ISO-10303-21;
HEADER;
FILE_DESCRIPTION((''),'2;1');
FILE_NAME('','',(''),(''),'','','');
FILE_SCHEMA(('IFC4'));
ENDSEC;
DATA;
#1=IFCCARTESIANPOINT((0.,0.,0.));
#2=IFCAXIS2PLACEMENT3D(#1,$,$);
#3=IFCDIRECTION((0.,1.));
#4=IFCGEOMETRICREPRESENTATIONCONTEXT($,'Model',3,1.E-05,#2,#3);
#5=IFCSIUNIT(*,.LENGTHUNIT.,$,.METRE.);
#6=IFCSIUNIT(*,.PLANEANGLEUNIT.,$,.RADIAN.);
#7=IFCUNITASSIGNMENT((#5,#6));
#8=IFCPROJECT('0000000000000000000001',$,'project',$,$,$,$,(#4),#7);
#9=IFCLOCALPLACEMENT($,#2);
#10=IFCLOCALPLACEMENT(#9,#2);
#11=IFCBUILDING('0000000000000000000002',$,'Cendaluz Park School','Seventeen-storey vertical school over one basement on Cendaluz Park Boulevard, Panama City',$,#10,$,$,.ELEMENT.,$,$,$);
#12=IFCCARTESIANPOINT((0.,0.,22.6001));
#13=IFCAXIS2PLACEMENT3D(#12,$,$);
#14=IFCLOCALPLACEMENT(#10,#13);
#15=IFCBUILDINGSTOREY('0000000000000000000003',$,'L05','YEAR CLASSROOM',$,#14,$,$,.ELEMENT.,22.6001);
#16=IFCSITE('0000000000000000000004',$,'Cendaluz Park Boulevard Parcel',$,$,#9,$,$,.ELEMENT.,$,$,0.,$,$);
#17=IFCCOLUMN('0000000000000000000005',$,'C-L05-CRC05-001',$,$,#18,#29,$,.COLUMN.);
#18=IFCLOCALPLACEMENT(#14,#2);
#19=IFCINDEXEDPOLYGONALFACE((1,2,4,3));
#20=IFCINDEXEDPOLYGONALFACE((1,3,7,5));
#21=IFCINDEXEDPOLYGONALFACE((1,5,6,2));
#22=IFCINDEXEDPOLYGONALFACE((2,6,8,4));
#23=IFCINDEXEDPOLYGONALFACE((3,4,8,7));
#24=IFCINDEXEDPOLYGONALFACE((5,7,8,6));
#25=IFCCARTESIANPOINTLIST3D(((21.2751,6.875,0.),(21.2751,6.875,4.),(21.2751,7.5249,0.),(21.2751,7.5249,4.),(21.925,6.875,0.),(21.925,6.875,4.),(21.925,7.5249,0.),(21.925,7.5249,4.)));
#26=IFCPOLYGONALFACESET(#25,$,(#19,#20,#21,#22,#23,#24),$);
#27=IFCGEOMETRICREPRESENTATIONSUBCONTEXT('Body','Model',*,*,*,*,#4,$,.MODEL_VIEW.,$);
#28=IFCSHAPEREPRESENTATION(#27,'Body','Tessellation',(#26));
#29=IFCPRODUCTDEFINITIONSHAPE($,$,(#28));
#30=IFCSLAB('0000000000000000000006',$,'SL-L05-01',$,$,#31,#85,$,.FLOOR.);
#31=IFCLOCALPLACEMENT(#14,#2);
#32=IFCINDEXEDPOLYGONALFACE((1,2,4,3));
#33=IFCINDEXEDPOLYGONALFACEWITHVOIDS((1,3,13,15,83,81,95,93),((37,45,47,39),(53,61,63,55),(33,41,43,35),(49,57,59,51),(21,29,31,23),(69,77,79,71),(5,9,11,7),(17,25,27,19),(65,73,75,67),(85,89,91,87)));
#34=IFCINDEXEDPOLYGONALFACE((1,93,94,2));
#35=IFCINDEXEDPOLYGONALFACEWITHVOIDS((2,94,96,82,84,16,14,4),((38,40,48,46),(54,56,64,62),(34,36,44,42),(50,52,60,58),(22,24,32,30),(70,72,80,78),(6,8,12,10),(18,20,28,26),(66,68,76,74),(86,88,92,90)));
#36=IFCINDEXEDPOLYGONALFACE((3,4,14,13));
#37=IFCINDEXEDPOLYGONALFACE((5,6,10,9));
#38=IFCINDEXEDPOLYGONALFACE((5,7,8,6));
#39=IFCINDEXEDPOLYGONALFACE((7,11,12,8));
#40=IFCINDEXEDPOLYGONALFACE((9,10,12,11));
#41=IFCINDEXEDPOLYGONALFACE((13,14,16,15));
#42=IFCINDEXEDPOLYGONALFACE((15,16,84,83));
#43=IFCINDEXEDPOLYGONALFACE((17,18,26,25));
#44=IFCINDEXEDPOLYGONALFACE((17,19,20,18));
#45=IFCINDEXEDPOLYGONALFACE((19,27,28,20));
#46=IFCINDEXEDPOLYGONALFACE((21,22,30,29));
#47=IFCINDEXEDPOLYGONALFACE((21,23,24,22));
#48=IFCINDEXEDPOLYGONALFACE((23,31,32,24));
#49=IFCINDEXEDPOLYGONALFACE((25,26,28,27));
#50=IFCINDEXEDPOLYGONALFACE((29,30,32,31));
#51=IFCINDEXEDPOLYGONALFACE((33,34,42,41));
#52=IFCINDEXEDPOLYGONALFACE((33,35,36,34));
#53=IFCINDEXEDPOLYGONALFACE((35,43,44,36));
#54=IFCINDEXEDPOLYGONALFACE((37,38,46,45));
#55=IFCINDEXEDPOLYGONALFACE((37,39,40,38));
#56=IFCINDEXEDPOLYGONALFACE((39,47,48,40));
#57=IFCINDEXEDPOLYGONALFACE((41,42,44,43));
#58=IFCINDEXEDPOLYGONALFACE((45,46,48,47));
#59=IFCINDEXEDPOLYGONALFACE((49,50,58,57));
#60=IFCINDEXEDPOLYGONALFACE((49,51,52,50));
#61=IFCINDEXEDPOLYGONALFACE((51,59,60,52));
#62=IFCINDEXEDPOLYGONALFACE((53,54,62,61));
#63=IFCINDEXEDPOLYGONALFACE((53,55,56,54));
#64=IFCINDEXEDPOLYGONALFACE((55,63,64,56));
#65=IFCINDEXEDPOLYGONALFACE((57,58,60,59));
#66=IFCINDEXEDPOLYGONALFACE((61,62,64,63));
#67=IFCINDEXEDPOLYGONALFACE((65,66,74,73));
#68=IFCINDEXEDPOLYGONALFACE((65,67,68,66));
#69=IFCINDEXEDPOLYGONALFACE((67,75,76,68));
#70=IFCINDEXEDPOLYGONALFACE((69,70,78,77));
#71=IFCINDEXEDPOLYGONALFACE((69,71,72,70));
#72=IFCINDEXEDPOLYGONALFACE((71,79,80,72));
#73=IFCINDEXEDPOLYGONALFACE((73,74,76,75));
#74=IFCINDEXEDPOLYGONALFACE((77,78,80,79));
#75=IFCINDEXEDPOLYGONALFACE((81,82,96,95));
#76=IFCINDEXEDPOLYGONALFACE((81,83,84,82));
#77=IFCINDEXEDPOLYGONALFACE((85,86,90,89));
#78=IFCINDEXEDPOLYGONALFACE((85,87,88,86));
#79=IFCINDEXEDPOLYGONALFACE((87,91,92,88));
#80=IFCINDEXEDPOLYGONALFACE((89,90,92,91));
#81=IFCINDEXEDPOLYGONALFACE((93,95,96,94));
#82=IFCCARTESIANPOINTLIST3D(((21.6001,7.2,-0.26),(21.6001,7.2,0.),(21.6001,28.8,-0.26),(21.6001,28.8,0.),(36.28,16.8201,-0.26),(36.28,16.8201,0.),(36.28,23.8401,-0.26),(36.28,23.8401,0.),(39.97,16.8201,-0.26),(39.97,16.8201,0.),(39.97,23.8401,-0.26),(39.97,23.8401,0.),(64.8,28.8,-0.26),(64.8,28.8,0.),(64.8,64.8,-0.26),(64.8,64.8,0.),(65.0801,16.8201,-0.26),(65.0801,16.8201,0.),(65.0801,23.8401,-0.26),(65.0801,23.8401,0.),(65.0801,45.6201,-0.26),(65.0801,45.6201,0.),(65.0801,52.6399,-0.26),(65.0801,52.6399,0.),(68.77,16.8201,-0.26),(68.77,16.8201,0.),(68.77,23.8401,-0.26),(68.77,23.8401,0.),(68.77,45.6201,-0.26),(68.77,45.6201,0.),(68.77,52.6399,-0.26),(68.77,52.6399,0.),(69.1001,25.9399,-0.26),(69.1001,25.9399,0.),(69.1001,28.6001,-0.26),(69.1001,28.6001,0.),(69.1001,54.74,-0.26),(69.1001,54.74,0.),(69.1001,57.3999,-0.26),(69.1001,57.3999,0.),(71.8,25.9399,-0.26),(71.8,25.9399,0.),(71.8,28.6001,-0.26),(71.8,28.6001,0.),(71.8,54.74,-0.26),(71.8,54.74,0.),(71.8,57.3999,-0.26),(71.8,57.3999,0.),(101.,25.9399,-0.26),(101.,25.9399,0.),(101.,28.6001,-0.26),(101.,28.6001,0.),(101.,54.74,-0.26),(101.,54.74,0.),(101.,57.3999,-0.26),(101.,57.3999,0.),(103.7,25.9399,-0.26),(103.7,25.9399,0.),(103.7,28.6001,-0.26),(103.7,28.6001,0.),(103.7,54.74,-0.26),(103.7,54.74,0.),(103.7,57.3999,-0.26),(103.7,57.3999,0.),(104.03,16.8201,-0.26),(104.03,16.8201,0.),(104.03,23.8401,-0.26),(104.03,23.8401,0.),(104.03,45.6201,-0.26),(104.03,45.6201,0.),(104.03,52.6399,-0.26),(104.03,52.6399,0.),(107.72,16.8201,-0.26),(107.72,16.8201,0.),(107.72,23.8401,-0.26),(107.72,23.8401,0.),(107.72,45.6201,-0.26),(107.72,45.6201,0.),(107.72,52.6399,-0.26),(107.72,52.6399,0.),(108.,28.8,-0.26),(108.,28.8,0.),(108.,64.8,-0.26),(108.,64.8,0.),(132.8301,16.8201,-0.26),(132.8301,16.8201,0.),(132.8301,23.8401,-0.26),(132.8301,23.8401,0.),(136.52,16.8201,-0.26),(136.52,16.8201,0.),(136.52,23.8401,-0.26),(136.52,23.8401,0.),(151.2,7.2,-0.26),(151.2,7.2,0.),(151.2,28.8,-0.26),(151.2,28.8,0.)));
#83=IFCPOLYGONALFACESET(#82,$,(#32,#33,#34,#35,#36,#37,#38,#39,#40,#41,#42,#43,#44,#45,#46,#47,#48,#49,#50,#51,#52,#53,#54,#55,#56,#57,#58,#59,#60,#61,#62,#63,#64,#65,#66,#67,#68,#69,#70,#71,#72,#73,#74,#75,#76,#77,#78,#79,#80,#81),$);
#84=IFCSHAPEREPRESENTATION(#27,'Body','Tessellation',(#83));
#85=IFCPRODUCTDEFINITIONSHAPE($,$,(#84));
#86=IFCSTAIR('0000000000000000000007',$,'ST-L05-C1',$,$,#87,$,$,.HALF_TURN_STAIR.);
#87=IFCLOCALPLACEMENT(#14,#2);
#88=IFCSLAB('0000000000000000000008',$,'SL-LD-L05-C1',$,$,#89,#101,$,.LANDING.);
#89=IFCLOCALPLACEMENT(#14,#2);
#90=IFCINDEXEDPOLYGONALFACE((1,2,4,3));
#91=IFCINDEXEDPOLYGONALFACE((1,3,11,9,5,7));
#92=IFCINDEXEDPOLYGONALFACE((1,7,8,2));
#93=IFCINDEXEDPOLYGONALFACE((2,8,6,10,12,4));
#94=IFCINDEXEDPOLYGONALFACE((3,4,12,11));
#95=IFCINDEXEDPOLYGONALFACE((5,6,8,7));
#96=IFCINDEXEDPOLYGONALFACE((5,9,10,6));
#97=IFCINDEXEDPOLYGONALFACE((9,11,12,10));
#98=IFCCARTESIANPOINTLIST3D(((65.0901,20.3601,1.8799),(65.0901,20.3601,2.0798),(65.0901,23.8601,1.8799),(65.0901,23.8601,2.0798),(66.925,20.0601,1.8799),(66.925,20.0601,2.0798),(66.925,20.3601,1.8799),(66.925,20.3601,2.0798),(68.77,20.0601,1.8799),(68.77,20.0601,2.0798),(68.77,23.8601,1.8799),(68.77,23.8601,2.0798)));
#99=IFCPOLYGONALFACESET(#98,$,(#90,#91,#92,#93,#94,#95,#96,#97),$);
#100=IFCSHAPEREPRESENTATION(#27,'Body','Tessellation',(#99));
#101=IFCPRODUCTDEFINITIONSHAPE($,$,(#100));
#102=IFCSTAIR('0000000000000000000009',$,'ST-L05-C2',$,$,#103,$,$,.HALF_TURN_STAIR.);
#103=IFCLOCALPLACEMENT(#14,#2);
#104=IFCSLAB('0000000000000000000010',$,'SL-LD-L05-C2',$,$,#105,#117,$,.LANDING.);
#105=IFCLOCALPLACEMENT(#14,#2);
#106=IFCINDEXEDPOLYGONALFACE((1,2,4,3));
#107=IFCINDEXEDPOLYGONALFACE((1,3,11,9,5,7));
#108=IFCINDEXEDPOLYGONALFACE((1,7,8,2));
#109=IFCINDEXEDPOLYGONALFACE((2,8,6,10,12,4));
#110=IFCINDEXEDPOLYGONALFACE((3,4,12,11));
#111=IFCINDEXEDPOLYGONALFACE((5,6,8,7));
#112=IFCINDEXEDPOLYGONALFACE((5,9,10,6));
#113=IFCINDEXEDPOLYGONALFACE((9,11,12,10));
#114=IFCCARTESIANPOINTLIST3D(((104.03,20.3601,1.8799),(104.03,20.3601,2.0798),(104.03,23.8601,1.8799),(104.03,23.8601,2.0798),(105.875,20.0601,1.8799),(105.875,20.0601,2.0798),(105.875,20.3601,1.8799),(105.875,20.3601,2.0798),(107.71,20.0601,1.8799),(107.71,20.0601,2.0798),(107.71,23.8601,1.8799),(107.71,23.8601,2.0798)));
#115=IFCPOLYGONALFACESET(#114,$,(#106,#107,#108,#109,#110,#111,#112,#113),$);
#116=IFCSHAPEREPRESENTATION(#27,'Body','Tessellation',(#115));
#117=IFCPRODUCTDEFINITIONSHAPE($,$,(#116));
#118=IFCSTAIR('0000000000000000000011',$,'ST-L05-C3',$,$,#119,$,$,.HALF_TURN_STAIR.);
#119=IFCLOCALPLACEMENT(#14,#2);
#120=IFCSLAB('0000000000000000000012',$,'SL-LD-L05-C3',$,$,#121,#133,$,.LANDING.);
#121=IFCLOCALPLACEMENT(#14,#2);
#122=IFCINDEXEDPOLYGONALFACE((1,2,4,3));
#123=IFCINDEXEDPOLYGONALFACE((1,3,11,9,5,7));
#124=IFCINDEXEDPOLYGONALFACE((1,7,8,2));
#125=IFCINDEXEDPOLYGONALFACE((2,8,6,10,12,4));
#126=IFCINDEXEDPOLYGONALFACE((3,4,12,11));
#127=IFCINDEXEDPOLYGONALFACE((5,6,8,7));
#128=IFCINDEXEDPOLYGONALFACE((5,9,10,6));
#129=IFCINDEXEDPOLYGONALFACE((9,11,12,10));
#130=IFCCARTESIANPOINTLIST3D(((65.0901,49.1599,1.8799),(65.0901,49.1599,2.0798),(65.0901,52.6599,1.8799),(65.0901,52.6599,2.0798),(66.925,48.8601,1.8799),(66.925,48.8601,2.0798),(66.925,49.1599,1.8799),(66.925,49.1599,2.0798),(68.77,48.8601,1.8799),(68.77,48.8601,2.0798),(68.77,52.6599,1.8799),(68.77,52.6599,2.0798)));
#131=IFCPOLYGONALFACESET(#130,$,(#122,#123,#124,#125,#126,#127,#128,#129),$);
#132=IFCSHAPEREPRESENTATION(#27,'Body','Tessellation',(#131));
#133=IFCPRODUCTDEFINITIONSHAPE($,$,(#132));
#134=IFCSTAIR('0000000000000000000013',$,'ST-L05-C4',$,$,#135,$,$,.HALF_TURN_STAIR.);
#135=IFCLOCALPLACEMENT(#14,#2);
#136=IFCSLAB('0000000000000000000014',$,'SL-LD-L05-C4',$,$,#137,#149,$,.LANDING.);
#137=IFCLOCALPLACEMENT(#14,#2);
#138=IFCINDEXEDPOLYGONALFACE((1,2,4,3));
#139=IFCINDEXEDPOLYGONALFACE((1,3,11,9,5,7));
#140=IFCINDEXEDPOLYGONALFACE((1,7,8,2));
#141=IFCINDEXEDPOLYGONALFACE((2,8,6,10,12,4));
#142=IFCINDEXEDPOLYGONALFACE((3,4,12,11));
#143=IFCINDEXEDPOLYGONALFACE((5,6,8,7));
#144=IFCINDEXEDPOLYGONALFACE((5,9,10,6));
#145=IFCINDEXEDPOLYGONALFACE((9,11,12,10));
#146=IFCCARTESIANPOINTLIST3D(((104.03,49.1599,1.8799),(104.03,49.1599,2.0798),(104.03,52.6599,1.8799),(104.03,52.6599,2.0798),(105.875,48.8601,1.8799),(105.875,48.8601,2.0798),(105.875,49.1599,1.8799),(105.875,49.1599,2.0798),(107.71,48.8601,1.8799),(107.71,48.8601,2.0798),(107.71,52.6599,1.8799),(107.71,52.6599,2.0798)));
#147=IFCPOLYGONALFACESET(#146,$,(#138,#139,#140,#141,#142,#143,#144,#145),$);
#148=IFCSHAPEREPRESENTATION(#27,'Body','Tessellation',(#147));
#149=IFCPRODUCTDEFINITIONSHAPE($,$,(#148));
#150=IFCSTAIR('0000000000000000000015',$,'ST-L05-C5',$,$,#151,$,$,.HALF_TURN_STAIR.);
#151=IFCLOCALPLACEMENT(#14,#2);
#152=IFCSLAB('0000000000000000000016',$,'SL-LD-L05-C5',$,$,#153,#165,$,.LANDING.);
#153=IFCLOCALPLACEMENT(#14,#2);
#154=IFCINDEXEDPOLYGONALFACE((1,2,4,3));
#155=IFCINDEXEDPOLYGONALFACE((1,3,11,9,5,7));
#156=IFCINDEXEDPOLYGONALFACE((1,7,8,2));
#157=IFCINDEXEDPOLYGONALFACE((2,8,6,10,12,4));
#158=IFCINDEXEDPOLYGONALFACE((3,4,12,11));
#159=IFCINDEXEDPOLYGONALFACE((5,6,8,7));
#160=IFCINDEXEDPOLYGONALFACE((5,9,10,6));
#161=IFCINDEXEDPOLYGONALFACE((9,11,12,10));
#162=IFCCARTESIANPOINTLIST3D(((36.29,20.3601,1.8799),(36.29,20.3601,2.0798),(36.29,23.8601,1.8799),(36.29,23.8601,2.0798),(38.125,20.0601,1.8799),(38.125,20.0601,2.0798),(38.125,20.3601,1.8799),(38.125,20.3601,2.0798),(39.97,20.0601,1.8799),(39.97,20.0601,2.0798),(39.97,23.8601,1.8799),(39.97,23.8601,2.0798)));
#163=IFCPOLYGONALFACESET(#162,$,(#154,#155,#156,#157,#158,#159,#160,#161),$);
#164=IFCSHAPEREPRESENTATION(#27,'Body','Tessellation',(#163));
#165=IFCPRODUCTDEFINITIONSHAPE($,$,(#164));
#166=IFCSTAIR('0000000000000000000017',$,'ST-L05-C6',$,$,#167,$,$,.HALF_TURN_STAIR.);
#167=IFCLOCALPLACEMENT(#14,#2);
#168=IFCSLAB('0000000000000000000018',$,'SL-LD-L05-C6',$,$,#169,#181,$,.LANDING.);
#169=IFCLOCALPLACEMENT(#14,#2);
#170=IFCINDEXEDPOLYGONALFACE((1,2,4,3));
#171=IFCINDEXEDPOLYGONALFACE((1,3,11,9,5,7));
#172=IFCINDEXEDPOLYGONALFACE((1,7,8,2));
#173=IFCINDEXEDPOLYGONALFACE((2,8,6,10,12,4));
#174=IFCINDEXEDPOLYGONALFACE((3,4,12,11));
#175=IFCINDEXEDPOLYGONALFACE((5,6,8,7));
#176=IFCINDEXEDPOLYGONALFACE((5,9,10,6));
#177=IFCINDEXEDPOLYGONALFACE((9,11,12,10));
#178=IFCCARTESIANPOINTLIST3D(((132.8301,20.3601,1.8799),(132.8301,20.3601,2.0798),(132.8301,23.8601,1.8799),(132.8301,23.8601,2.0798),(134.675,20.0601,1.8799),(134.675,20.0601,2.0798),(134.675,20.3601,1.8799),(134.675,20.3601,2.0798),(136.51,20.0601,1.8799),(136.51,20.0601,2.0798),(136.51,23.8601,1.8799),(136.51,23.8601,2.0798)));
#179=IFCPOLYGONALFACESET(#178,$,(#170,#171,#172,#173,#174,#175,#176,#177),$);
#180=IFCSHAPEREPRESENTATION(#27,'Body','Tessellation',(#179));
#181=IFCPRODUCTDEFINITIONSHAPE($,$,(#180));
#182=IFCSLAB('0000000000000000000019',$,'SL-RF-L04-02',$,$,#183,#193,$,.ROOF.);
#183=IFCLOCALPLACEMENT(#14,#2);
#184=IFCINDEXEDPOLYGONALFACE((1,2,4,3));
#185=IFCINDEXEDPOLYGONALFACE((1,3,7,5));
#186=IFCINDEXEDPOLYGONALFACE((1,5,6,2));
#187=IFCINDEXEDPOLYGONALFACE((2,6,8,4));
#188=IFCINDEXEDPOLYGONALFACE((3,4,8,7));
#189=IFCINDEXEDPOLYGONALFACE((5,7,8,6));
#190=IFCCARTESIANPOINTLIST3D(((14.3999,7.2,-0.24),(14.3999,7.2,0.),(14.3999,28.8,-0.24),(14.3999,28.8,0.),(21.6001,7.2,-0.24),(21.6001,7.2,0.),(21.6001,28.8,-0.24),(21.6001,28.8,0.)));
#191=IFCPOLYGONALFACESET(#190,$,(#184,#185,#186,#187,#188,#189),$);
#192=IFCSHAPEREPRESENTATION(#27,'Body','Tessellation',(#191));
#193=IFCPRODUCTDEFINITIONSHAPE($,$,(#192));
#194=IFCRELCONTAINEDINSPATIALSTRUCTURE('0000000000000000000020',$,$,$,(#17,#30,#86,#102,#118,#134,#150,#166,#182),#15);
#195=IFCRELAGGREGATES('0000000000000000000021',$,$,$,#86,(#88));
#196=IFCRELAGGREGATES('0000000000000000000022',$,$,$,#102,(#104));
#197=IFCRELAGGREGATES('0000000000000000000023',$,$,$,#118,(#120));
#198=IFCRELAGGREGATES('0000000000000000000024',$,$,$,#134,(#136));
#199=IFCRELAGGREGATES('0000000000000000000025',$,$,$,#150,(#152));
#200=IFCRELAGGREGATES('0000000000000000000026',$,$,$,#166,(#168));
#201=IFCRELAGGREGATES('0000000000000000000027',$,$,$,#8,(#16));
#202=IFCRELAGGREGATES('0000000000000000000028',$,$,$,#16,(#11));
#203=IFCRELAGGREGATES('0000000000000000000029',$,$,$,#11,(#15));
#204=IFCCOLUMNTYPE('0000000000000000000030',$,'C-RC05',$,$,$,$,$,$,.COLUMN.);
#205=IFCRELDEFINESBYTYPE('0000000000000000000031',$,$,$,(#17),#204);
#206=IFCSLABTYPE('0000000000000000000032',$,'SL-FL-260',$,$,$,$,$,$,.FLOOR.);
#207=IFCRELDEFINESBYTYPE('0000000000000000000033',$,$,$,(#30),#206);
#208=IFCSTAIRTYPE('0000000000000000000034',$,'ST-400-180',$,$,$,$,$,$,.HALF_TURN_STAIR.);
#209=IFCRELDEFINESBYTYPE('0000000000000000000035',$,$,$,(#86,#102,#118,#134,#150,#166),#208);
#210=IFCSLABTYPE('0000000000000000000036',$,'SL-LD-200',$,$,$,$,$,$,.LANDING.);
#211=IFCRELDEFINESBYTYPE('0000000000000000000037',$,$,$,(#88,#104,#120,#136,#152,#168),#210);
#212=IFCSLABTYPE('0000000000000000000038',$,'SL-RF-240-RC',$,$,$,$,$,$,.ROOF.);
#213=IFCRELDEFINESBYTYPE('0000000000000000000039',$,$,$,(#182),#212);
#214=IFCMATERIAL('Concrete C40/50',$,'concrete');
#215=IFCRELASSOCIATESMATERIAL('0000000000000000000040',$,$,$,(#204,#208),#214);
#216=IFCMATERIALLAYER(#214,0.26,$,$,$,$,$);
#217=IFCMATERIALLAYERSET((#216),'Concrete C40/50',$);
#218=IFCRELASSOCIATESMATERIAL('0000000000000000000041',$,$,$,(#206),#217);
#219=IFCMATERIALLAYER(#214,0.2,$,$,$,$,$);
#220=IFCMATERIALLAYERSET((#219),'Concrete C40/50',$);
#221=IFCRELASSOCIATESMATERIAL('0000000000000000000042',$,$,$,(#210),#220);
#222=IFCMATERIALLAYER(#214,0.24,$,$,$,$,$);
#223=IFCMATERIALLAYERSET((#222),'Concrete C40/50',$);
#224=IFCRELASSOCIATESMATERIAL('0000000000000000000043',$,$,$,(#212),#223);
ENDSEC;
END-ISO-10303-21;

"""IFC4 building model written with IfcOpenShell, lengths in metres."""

from ifc_helpers import new_model, si_unit, direction, frame, origin, origin_2d, place, context, subcontext, project, spatial, polyline, rectangle, outline, extrude, material, layer, layer_set, material_profile, profile_set, type_object, element, aggregate, save


model = new_model("IFC4")

# Units and contexts
model_context = context("Model", 3, precision=1e-05, world=origin(), true_north=direction((0.0, 1.0)))
body_context = subcontext(model_context, "Body", "Model", "MODEL_VIEW")
ifc_project = project(units=[si_unit("LENGTHUNIT", "METRE"), si_unit("PLANEANGLEUNIT", "RADIAN")], contexts=[model_context])

# Site, building, storey
site_placement = place(None, origin())
site = spatial("IfcSite", under=ifc_project, at=site_placement, Name="Cendaluz Park Boulevard Parcel", CompositionType="ELEMENT", RefElevation=0.0)
building_placement = place(site_placement, origin())
building = spatial("IfcBuilding", under=site, at=building_placement, Name="Cendaluz Park School", Description="Seventeen-storey vertical school over one basement on Cendaluz Park Boulevard, Panama City", CompositionType="ELEMENT")
storey_placement = place(building_placement, frame((0.0, 0.0, 22.6001)))
storey = spatial("IfcBuildingStorey", under=building, at=storey_placement, Name="L05", Description="YEAR CLASSROOM", CompositionType="ELEMENT", Elevation=22.6001)

# Column
ifc_material_1 = material(Name="Concrete C40/50", Category="concrete")
ifc_material_profile = material_profile(ifc_material_1, rectangle(XDim=0.6499, YDim=0.6499, at=origin_2d()), Name="RC 650x650", Category="concrete")
ifc_profile_set = profile_set([ifc_material_profile], Name="Concrete C40/50")
column_type = type_object("IfcColumnType", Name="C-RC05", PredefinedType="COLUMN", material=ifc_profile_set)
column_placement = place(storey_placement, frame((21.6001, 7.2, 0.0), z_axis=(0.0, 0.0, 1.0), x_axis=(1.0, 0.0, 0.0)))
element("IfcColumn", 1, at=column_placement, inside=storey, type_object=column_type, Name="C-L05-CRC05-001", PredefinedType="COLUMN", context=body_context, shape_type="SweptSolid", body=[
    extrude(rectangle(XDim=0.6499, YDim=0.6499, at=origin_2d()), origin(), (0.0, 0.0, 1.0), 4.0),
])

# Slab
ifc_layer_1 = layer(ifc_material_1, 0.26)
ifc_layer_set_1 = layer_set([ifc_layer_1], Name="Concrete C40/50")
slab_type_1 = type_object("IfcSlabType", Name="SL-FL-260", PredefinedType="FLOOR", material=ifc_layer_set_1)
slab_1_placement = place(storey_placement, frame((0.0, 0.0, -0.26)))
element("IfcSlab", 2, at=slab_1_placement, inside=storey, type_object=slab_type_1, Name="SL-L05-01", PredefinedType="FLOOR", context=body_context, shape_type="SweptSolid", body=[
    extrude(outline(polyline([(64.8, 28.8), (64.8, 64.8), (108.0, 64.8), (108.0, 28.8), (151.2, 28.8), (151.2, 7.2), (21.6001, 7.2), (21.6001, 28.8), (64.8, 28.8)]), holes=[polyline([(65.0801, 23.8401), (65.0801, 16.8201), (68.77, 16.8201), (68.77, 23.8401), (65.0801, 23.8401)]), polyline([(71.8, 28.6001), (69.1001, 28.6001), (69.1001, 25.9399), (71.8, 25.9399), (71.8, 28.6001)]), polyline([(107.72, 16.8201), (107.72, 23.8401), (104.03, 23.8401), (104.03, 16.8201), (107.72, 16.8201)]), polyline([(101.0, 25.9399), (103.7, 25.9399), (103.7, 28.6001), (101.0, 28.6001), (101.0, 25.9399)]), polyline([(65.0801, 52.6399), (65.0801, 45.6201), (68.77, 45.6201), (68.77, 52.6399), (65.0801, 52.6399)]), polyline([(71.8, 57.3999), (69.1001, 57.3999), (69.1001, 54.74), (71.8, 54.74), (71.8, 57.3999)]), polyline([(107.72, 45.6201), (107.72, 52.6399), (104.03, 52.6399), (104.03, 45.6201), (107.72, 45.6201)]), polyline([(101.0, 54.74), (103.7, 54.74), (103.7, 57.3999), (101.0, 57.3999), (101.0, 54.74)]), polyline([(36.28, 23.8401), (36.28, 16.8201), (39.97, 16.8201), (39.97, 23.8401), (36.28, 23.8401)]), polyline([(136.52, 23.8401), (132.8301, 23.8401), (132.8301, 16.8201), (136.52, 16.8201), (136.52, 23.8401)])]), origin(), (0.0, 0.0, 1.0), 0.26),
])

# Stairs, slabs
stair_type = type_object("IfcStairType", Name="ST-400-180", PredefinedType="HALF_TURN_STAIR", material=ifc_material_1)
stair_1_placement = place(storey_placement, origin())
stair_1 = element("IfcStair", 3, at=stair_1_placement, inside=storey, type_object=stair_type, Name="ST-L05-C1", PredefinedType="HALF_TURN_STAIR")
ifc_layer_2 = layer(ifc_material_1, 0.2)
ifc_layer_set_2 = layer_set([ifc_layer_2], Name="Concrete C40/50")
slab_type_2 = type_object("IfcSlabType", Name="SL-LD-200", PredefinedType="LANDING", material=ifc_layer_set_2)
slab_2_placement = place(storey_placement, frame((0.0, 0.0, 1.8799)))
slab_2 = element("IfcSlab", 4, at=slab_2_placement, type_object=slab_type_2, Name="SL-LD-L05-C1", PredefinedType="LANDING", context=body_context, shape_type="SweptSolid", body=[
    extrude(outline(polyline([(65.0901, 20.3601), (66.925, 20.3601), (66.925, 20.0601), (68.77, 20.0601), (68.77, 23.8601), (65.0901, 23.8601), (65.0901, 20.3601)])), origin(), (0.0, 0.0, 1.0), 0.2),
])
aggregate(stair_1, [slab_2])
stair_2_placement = place(storey_placement, origin())
stair_2 = element("IfcStair", 5, at=stair_2_placement, inside=storey, type_object=stair_type, Name="ST-L05-C2", PredefinedType="HALF_TURN_STAIR")
slab_3_placement = place(storey_placement, frame((0.0, 0.0, 1.8799)))
slab_3 = element("IfcSlab", 6, at=slab_3_placement, type_object=slab_type_2, Name="SL-LD-L05-C2", PredefinedType="LANDING", context=body_context, shape_type="SweptSolid", body=[
    extrude(outline(polyline([(104.03, 20.3601), (105.875, 20.3601), (105.875, 20.0601), (107.71, 20.0601), (107.71, 23.8601), (104.03, 23.8601), (104.03, 20.3601)])), origin(), (0.0, 0.0, 1.0), 0.2),
])
aggregate(stair_2, [slab_3])
stair_3_placement = place(storey_placement, origin())
stair_3 = element("IfcStair", 7, at=stair_3_placement, inside=storey, type_object=stair_type, Name="ST-L05-C3", PredefinedType="HALF_TURN_STAIR")
slab_4_placement = place(storey_placement, frame((0.0, 0.0, 1.8799)))
slab_4 = element("IfcSlab", 8, at=slab_4_placement, type_object=slab_type_2, Name="SL-LD-L05-C3", PredefinedType="LANDING", context=body_context, shape_type="SweptSolid", body=[
    extrude(outline(polyline([(65.0901, 49.1599), (66.925, 49.1599), (66.925, 48.8601), (68.77, 48.8601), (68.77, 52.6599), (65.0901, 52.6599), (65.0901, 49.1599)])), origin(), (0.0, 0.0, 1.0), 0.2),
])
aggregate(stair_3, [slab_4])
stair_4_placement = place(storey_placement, origin())
stair_4 = element("IfcStair", 9, at=stair_4_placement, inside=storey, type_object=stair_type, Name="ST-L05-C4", PredefinedType="HALF_TURN_STAIR")
slab_5_placement = place(storey_placement, frame((0.0, 0.0, 1.8799)))
slab_5 = element("IfcSlab", 10, at=slab_5_placement, type_object=slab_type_2, Name="SL-LD-L05-C4", PredefinedType="LANDING", context=body_context, shape_type="SweptSolid", body=[
    extrude(outline(polyline([(104.03, 49.1599), (105.875, 49.1599), (105.875, 48.8601), (107.71, 48.8601), (107.71, 52.6599), (104.03, 52.6599), (104.03, 49.1599)])), origin(), (0.0, 0.0, 1.0), 0.2),
])
aggregate(stair_4, [slab_5])
stair_5_placement = place(storey_placement, origin())
stair_5 = element("IfcStair", 11, at=stair_5_placement, inside=storey, type_object=stair_type, Name="ST-L05-C5", PredefinedType="HALF_TURN_STAIR")
slab_6_placement = place(storey_placement, frame((0.0, 0.0, 1.8799)))
slab_6 = element("IfcSlab", 12, at=slab_6_placement, type_object=slab_type_2, Name="SL-LD-L05-C5", PredefinedType="LANDING", context=body_context, shape_type="SweptSolid", body=[
    extrude(outline(polyline([(36.29, 20.3601), (38.125, 20.3601), (38.125, 20.0601), (39.97, 20.0601), (39.97, 23.8601), (36.29, 23.8601), (36.29, 20.3601)])), origin(), (0.0, 0.0, 1.0), 0.2),
])
aggregate(stair_5, [slab_6])
stair_6_placement = place(storey_placement, origin())
stair_6 = element("IfcStair", 13, at=stair_6_placement, inside=storey, type_object=stair_type, Name="ST-L05-C6", PredefinedType="HALF_TURN_STAIR")
slab_7_placement = place(storey_placement, frame((0.0, 0.0, 1.8799)))
slab_7 = element("IfcSlab", 14, at=slab_7_placement, type_object=slab_type_2, Name="SL-LD-L05-C6", PredefinedType="LANDING", context=body_context, shape_type="SweptSolid", body=[
    extrude(outline(polyline([(132.8301, 20.3601), (134.675, 20.3601), (134.675, 20.0601), (136.51, 20.0601), (136.51, 23.8601), (132.8301, 23.8601), (132.8301, 20.3601)])), origin(), (0.0, 0.0, 1.0), 0.2),
])
aggregate(stair_6, [slab_7])

# Slab
ifc_layer_3 = layer(ifc_material_1, 0.24)
ifc_layer_set_3 = layer_set([ifc_layer_3], Name="Concrete C40/50")
slab_type_3 = type_object("IfcSlabType", Name="SL-RF-240-RC", PredefinedType="ROOF", material=ifc_layer_set_3)
slab_8_placement = place(storey_placement, frame((0.0, 0.0, -0.24)))
element("IfcSlab", 15, at=slab_8_placement, inside=storey, type_object=slab_type_3, Name="SL-RF-L04-02", PredefinedType="ROOF", context=body_context, shape_type="SweptSolid", body=[
    extrude(outline(polyline([(14.3999, 28.8), (21.6001, 28.8), (21.6001, 7.2), (14.3999, 7.2), (14.3999, 28.8)])), origin(), (0.0, 0.0, 1.0), 0.24),
])

save(model, "model.ifc")
